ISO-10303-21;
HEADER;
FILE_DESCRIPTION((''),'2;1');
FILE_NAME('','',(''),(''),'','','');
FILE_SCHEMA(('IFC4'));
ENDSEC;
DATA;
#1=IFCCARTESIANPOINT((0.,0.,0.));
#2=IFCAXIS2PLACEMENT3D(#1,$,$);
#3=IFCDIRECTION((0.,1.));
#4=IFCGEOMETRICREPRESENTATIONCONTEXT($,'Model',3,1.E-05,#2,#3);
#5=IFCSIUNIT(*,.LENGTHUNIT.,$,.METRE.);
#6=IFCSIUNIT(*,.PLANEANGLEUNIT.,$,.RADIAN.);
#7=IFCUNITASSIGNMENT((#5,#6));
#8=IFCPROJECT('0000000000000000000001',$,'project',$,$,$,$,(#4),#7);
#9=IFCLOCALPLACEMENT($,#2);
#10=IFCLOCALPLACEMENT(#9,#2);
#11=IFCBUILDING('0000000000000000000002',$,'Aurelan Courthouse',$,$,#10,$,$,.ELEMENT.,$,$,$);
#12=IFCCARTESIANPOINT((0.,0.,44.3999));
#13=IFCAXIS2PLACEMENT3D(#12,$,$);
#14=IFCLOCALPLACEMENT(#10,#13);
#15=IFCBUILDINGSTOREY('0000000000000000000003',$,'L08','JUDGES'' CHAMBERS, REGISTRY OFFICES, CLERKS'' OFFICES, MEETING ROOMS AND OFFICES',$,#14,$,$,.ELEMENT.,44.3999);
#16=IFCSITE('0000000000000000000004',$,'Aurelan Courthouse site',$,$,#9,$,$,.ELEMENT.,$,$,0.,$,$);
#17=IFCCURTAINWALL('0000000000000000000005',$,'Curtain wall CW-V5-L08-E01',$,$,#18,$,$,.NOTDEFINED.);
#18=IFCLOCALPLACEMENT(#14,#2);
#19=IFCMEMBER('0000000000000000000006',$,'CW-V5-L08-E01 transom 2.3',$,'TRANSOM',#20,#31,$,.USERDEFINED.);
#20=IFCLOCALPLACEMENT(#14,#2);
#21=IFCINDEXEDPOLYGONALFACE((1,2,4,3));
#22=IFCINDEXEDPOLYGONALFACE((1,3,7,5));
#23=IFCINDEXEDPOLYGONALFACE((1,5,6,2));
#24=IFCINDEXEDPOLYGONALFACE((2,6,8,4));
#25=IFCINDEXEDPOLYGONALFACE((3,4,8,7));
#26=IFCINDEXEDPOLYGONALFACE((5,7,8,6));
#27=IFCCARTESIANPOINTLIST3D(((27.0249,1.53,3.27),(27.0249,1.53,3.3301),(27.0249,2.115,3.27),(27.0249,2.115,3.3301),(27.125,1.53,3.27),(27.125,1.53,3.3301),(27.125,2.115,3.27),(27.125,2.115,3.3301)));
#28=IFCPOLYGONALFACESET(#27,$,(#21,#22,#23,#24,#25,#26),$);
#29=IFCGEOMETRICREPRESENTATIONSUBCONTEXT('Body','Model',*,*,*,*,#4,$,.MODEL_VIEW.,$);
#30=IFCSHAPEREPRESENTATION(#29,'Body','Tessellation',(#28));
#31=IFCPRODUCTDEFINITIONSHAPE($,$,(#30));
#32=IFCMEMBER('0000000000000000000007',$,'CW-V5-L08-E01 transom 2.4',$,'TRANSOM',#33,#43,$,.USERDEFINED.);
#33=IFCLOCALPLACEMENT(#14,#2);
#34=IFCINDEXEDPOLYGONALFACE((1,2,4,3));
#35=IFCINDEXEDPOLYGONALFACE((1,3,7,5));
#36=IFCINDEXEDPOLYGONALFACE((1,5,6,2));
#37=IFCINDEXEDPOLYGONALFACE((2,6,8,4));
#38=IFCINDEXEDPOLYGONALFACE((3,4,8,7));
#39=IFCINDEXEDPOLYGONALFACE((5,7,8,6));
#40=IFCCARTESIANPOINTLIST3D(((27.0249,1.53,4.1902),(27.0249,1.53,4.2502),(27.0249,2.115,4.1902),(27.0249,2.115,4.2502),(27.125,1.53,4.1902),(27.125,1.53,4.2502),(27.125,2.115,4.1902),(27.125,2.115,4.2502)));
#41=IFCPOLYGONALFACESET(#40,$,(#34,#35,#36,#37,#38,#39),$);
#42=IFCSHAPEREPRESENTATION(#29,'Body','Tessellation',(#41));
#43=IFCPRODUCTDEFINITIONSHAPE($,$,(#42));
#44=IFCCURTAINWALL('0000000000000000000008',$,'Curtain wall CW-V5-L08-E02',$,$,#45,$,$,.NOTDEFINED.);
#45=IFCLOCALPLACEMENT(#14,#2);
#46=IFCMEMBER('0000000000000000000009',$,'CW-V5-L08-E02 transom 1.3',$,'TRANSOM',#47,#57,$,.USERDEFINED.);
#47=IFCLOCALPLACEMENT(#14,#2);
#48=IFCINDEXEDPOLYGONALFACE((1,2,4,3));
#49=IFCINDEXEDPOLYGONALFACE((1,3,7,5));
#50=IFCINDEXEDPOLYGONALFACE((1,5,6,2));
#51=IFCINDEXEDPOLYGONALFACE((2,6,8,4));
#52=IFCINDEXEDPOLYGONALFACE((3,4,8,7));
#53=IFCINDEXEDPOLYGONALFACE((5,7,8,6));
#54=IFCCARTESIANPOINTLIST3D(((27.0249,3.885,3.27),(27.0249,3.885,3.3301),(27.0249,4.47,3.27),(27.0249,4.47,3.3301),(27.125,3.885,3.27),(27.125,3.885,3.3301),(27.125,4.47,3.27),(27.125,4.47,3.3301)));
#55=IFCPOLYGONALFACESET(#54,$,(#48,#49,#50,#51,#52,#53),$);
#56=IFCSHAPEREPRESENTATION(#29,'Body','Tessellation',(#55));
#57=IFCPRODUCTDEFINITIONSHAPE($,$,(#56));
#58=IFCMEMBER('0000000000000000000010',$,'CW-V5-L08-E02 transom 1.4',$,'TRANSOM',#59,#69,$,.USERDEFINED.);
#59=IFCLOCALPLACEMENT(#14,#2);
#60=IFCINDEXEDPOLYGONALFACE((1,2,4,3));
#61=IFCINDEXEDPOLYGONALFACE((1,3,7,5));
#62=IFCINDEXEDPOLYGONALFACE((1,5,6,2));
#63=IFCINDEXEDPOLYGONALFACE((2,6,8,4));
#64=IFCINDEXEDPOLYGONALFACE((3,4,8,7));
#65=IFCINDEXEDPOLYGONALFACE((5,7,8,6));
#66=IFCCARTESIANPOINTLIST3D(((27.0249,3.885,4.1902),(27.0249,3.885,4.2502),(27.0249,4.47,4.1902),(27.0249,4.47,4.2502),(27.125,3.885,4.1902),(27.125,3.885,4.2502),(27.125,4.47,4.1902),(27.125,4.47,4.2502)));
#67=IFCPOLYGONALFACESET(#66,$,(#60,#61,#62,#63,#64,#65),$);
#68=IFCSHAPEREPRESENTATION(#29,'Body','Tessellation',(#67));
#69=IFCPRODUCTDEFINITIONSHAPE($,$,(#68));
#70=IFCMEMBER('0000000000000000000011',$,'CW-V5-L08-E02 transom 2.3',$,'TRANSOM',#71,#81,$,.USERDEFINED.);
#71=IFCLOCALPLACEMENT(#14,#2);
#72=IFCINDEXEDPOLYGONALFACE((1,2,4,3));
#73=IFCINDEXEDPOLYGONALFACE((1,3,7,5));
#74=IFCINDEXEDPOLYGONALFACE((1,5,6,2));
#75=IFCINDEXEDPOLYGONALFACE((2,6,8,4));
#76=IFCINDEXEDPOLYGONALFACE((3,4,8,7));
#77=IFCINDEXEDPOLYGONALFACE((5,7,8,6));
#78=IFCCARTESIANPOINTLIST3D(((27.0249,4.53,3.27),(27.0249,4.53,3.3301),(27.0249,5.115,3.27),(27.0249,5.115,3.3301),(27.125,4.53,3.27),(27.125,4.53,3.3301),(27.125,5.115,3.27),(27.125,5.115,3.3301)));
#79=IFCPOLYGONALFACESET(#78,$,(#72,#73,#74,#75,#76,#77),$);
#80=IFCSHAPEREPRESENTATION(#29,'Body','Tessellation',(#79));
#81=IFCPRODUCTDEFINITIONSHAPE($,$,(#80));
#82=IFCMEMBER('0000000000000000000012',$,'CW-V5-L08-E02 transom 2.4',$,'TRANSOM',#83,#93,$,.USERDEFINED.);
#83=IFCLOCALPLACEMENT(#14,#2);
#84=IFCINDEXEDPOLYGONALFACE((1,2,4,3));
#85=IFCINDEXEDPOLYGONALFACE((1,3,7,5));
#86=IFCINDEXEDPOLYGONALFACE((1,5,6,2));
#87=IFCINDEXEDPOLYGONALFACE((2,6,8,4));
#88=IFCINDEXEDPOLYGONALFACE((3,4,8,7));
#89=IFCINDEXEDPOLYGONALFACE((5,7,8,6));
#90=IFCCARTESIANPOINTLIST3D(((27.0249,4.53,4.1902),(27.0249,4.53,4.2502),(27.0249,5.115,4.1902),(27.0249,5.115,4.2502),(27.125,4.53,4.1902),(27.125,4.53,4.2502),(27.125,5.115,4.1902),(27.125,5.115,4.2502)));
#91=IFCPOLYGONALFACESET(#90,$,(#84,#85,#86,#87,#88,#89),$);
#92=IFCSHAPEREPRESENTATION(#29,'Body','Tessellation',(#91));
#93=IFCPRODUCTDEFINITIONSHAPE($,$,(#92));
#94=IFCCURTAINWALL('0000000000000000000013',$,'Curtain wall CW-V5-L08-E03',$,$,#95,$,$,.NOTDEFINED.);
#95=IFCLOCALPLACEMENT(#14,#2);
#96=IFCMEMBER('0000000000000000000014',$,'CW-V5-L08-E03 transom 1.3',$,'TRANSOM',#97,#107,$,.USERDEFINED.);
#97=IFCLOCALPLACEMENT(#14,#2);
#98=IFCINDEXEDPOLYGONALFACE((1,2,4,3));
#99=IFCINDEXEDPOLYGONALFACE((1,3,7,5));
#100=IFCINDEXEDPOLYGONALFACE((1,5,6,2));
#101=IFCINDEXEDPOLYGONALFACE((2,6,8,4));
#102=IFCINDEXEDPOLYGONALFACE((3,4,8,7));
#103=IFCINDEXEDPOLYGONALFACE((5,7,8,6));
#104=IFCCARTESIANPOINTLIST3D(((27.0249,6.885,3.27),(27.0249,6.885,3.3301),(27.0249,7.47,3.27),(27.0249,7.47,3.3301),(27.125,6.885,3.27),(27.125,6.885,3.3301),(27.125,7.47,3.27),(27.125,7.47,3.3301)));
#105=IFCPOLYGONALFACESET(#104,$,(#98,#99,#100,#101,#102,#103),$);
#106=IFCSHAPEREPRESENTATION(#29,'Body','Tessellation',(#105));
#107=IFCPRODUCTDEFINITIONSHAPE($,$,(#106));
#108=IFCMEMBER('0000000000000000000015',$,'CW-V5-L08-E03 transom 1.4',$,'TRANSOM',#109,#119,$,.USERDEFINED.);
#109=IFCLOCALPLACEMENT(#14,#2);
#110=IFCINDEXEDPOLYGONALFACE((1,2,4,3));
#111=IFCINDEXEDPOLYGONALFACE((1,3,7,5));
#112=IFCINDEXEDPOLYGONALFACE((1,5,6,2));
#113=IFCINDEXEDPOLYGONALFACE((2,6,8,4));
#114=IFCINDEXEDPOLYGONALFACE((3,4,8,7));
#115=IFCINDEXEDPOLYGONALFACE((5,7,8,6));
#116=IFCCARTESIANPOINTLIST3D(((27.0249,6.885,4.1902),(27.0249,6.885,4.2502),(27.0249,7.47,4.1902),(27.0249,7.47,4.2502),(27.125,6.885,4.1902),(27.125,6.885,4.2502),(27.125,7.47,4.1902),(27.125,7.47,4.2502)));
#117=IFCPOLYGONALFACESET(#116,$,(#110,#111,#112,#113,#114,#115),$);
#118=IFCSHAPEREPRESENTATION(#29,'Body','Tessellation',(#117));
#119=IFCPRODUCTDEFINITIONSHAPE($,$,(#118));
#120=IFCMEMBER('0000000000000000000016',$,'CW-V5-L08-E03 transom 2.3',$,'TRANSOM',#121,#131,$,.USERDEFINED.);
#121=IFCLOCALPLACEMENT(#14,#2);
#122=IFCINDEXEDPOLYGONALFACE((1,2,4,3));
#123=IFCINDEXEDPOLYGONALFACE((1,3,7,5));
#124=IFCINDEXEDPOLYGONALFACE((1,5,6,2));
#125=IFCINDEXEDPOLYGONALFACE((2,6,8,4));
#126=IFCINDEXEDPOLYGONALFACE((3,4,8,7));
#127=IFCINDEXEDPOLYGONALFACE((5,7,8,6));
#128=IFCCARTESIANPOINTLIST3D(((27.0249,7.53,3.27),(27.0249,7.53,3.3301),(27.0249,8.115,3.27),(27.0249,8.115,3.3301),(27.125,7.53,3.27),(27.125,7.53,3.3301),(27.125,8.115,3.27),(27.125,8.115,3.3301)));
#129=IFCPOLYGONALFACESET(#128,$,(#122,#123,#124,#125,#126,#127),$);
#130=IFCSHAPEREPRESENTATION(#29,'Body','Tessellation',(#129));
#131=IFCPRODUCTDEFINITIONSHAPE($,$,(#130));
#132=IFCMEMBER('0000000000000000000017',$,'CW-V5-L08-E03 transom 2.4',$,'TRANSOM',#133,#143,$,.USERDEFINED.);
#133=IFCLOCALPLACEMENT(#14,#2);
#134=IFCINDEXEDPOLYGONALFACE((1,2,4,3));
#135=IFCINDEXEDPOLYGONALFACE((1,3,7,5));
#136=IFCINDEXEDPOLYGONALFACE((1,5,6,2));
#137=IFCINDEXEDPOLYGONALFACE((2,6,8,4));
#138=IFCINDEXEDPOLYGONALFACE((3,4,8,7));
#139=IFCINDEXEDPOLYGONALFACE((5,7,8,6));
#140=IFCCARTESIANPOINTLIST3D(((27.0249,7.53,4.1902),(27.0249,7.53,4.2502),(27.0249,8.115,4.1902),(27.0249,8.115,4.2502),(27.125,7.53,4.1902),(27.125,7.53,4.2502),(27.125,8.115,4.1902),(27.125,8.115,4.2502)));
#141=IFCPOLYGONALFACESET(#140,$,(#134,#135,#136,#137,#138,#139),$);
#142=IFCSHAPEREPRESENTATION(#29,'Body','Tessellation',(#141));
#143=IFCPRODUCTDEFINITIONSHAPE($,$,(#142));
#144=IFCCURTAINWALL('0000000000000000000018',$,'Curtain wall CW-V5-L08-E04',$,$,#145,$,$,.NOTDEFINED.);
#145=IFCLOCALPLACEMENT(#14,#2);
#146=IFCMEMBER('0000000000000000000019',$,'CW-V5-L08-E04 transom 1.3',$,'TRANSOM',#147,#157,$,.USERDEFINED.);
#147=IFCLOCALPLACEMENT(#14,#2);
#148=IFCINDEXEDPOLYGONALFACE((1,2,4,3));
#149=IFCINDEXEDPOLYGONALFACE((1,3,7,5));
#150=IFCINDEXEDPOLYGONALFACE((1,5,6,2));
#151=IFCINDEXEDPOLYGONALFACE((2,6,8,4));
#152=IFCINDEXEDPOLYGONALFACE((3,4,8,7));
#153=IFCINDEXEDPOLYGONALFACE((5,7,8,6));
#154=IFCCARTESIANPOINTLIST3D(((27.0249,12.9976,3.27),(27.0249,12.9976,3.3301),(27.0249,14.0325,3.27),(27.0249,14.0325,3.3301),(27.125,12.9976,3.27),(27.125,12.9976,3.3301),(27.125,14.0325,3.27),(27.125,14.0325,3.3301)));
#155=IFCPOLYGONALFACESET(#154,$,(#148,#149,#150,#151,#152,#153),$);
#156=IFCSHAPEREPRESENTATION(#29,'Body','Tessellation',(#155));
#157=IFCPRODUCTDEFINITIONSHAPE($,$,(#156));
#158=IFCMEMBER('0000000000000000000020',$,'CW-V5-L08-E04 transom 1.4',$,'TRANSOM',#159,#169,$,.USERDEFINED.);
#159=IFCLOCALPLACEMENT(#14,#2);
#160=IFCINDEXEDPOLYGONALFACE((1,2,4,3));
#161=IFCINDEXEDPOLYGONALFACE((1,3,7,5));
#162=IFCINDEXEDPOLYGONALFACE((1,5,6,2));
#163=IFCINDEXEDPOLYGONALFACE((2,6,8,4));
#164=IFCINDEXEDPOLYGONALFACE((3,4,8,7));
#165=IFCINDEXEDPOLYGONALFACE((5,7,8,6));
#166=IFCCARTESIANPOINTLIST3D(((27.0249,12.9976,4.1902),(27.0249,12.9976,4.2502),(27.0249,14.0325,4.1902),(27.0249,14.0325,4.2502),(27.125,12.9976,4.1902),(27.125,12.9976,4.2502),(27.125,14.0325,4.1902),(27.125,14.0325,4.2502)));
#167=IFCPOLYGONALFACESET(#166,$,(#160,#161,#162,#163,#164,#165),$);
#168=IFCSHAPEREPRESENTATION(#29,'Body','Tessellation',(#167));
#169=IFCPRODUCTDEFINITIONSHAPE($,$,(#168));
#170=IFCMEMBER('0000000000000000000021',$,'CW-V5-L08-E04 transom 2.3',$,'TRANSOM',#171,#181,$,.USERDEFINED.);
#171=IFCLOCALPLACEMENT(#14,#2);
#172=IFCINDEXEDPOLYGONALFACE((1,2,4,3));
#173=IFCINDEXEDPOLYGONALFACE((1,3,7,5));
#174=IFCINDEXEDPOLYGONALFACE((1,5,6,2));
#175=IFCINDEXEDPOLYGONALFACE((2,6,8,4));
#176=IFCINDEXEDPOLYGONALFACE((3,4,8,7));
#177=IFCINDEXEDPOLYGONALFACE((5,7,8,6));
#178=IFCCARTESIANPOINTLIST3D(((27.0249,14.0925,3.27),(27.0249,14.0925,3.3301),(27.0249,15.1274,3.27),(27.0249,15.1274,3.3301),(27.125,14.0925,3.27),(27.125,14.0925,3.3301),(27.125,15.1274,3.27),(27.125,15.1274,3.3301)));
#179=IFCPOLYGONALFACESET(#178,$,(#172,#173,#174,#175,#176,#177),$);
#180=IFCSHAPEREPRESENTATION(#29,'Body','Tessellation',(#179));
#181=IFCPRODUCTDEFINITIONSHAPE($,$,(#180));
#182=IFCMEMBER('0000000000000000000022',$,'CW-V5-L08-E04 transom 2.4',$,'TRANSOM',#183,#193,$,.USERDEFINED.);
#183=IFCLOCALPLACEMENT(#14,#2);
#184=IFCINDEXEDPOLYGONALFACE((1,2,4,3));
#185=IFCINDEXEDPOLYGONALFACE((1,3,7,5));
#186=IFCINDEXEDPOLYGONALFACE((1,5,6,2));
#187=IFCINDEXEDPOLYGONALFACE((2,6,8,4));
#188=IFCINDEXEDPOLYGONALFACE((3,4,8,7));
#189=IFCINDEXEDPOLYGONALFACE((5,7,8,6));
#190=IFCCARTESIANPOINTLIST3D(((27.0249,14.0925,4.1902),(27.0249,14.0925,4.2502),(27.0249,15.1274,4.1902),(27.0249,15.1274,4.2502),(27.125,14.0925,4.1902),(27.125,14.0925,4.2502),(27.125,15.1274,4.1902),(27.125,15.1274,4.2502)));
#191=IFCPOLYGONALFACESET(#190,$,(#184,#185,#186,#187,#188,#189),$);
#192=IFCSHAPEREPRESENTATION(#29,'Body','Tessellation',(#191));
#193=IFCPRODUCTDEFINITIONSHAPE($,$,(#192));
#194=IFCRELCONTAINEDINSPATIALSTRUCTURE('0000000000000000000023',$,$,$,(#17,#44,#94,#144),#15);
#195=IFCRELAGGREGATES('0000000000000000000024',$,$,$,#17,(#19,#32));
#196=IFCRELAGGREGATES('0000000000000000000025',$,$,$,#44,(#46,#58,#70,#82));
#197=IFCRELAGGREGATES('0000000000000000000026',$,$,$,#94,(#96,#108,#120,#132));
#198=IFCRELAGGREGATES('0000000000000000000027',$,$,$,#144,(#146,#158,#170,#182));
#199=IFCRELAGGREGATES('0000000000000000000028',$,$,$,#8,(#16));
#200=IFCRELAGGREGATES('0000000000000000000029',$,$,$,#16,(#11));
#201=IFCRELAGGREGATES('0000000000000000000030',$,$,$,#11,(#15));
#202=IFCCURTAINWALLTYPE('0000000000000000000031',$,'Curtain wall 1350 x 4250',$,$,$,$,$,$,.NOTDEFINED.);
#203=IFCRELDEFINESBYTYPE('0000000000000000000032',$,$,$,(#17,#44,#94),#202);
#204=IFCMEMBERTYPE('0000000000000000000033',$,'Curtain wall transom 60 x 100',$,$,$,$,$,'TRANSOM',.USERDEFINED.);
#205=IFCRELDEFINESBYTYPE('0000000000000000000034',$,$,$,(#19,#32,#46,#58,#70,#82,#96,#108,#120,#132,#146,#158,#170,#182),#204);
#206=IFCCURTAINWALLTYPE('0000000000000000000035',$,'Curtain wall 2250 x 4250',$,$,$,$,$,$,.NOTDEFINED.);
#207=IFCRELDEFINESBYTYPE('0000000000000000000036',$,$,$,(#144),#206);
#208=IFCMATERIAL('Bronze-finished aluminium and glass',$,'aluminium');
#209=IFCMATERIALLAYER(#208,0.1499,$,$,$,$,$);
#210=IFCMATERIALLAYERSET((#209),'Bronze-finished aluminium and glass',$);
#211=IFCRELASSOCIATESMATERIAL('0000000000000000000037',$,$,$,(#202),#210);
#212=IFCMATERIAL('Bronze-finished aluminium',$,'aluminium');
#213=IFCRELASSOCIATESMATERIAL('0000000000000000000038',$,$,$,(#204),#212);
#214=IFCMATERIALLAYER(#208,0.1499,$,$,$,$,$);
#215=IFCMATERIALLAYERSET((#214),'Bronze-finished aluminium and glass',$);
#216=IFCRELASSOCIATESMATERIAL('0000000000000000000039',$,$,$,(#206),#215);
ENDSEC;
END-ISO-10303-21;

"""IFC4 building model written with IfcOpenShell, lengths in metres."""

from ifc_helpers import new_model, si_unit, direction, frame, origin, origin_2d, place, context, subcontext, project, spatial, rectangle, extrude, material, layer, layer_set, material_profile, profile_set, type_object, element, aggregate, save


model = new_model("IFC4")

# Units and contexts
model_context = context("Model", 3, precision=1e-05, world=origin(), true_north=direction((0.0, 1.0)))
body_context = subcontext(model_context, "Body", "Model", "MODEL_VIEW")
ifc_project = project(units=[si_unit("LENGTHUNIT", "METRE"), si_unit("PLANEANGLEUNIT", "RADIAN")], contexts=[model_context])

# Site, building, storey
site_placement = place(None, origin())
site = spatial("IfcSite", under=ifc_project, at=site_placement, Name="Aurelan Courthouse site", CompositionType="ELEMENT", RefElevation=0.0)
building_placement = place(site_placement, origin())
building = spatial("IfcBuilding", under=site, at=building_placement, Name="Aurelan Courthouse", CompositionType="ELEMENT")
storey_placement = place(building_placement, frame((0.0, 0.0, 44.3999)))
storey = spatial("IfcBuildingStorey", under=building, at=storey_placement, Name="L08", Description="JUDGES' CHAMBERS, REGISTRY OFFICES, CLERKS' OFFICES, MEETING ROOMS AND OFFICES", CompositionType="ELEMENT", Elevation=44.3999)

# Curtain walls, members
ifc_material_1 = material(Name="Bronze-finished aluminium and glass", Category="aluminium")
ifc_layer_1 = layer(ifc_material_1, 0.1499)
ifc_layer_set_1 = layer_set([ifc_layer_1], Name="Bronze-finished aluminium and glass")
curtain_wall_type_1 = type_object("IfcCurtainWallType", Name="Curtain wall 1350 x 4250", PredefinedType="NOTDEFINED", material=ifc_layer_set_1)
curtain_wall_1_placement = place(storey_placement, origin())
curtain_wall_1 = element("IfcCurtainWall", 1, at=curtain_wall_1_placement, inside=storey, type_object=curtain_wall_type_1, Name="Curtain wall CW-V5-L08-E01", PredefinedType="NOTDEFINED")
ifc_material_2 = material(Name="Bronze-finished aluminium", Category="aluminium")
ifc_material_profile = material_profile(ifc_material_2, rectangle(XDim=0.1001, YDim=0.0601, at=origin_2d()), Name="Bronze transom 60 x 100")
ifc_profile_set = profile_set([ifc_material_profile], Name="Bronze-finished aluminium")
member_type = type_object("IfcMemberType", Name="Curtain wall transom 60 x 100", ElementType="TRANSOM", PredefinedType="USERDEFINED", material=ifc_profile_set)
member_1_placement = place(storey_placement, frame((27.075, 1.53, 3.3), z_axis=(0.0, 1.0, 0.0), x_axis=(-1.0, 0.0, 0.0)))
member_1 = element("IfcMember", 2, at=member_1_placement, type_object=member_type, Name="CW-V5-L08-E01 transom 2.3", ObjectType="TRANSOM", PredefinedType="USERDEFINED", context=body_context, shape_type="SweptSolid", body=[
    extrude(rectangle(XDim=0.1001, YDim=0.0601, at=origin_2d()), origin(), (0.0, 0.0, 1.0), 0.585),
])
member_2_placement = place(storey_placement, frame((27.075, 1.53, 4.2202), z_axis=(0.0, 1.0, 0.0), x_axis=(-1.0, 0.0, 0.0)))
member_2 = element("IfcMember", 3, at=member_2_placement, type_object=member_type, Name="CW-V5-L08-E01 transom 2.4", ObjectType="TRANSOM", PredefinedType="USERDEFINED", context=body_context, shape_type="SweptSolid", body=[
    extrude(rectangle(XDim=0.1001, YDim=0.0601, at=origin_2d()), origin(), (0.0, 0.0, 1.0), 0.585),
])
curtain_wall_2_placement = place(storey_placement, origin())
curtain_wall_2 = element("IfcCurtainWall", 4, at=curtain_wall_2_placement, inside=storey, type_object=curtain_wall_type_1, Name="Curtain wall CW-V5-L08-E02", PredefinedType="NOTDEFINED")
member_3_placement = place(storey_placement, frame((27.075, 3.885, 3.3), z_axis=(0.0, 1.0, 0.0), x_axis=(-1.0, 0.0, 0.0)))
member_3 = element("IfcMember", 5, at=member_3_placement, type_object=member_type, Name="CW-V5-L08-E02 transom 1.3", ObjectType="TRANSOM", PredefinedType="USERDEFINED", context=body_context, shape_type="SweptSolid", body=[
    extrude(rectangle(XDim=0.1001, YDim=0.0601, at=origin_2d()), origin(), (0.0, 0.0, 1.0), 0.585),
])
member_4_placement = place(storey_placement, frame((27.075, 3.885, 4.2202), z_axis=(0.0, 1.0, 0.0), x_axis=(-1.0, 0.0, 0.0)))
member_4 = element("IfcMember", 6, at=member_4_placement, type_object=member_type, Name="CW-V5-L08-E02 transom 1.4", ObjectType="TRANSOM", PredefinedType="USERDEFINED", context=body_context, shape_type="SweptSolid", body=[
    extrude(rectangle(XDim=0.1001, YDim=0.0601, at=origin_2d()), origin(), (0.0, 0.0, 1.0), 0.585),
])
member_5_placement = place(storey_placement, frame((27.075, 4.53, 3.3), z_axis=(0.0, 1.0, 0.0), x_axis=(-1.0, 0.0, 0.0)))
member_5 = element("IfcMember", 7, at=member_5_placement, type_object=member_type, Name="CW-V5-L08-E02 transom 2.3", ObjectType="TRANSOM", PredefinedType="USERDEFINED", context=body_context, shape_type="SweptSolid", body=[
    extrude(rectangle(XDim=0.1001, YDim=0.0601, at=origin_2d()), origin(), (0.0, 0.0, 1.0), 0.585),
])
member_6_placement = place(storey_placement, frame((27.075, 4.53, 4.2202), z_axis=(0.0, 1.0, 0.0), x_axis=(-1.0, 0.0, 0.0)))
member_6 = element("IfcMember", 8, at=member_6_placement, type_object=member_type, Name="CW-V5-L08-E02 transom 2.4", ObjectType="TRANSOM", PredefinedType="USERDEFINED", context=body_context, shape_type="SweptSolid", body=[
    extrude(rectangle(XDim=0.1001, YDim=0.0601, at=origin_2d()), origin(), (0.0, 0.0, 1.0), 0.585),
])
curtain_wall_3_placement = place(storey_placement, origin())
curtain_wall_3 = element("IfcCurtainWall", 9, at=curtain_wall_3_placement, inside=storey, type_object=curtain_wall_type_1, Name="Curtain wall CW-V5-L08-E03", PredefinedType="NOTDEFINED")
member_7_placement = place(storey_placement, frame((27.075, 6.885, 3.3), z_axis=(0.0, 1.0, 0.0), x_axis=(-1.0, 0.0, 0.0)))
member_7 = element("IfcMember", 10, at=member_7_placement, type_object=member_type, Name="CW-V5-L08-E03 transom 1.3", ObjectType="TRANSOM", PredefinedType="USERDEFINED", context=body_context, shape_type="SweptSolid", body=[
    extrude(rectangle(XDim=0.1001, YDim=0.0601, at=origin_2d()), origin(), (0.0, 0.0, 1.0), 0.585),
])
member_8_placement = place(storey_placement, frame((27.075, 6.885, 4.2202), z_axis=(0.0, 1.0, 0.0), x_axis=(-1.0, 0.0, 0.0)))
member_8 = element("IfcMember", 11, at=member_8_placement, type_object=member_type, Name="CW-V5-L08-E03 transom 1.4", ObjectType="TRANSOM", PredefinedType="USERDEFINED", context=body_context, shape_type="SweptSolid", body=[
    extrude(rectangle(XDim=0.1001, YDim=0.0601, at=origin_2d()), origin(), (0.0, 0.0, 1.0), 0.585),
])
member_9_placement = place(storey_placement, frame((27.075, 7.53, 3.3), z_axis=(0.0, 1.0, 0.0), x_axis=(-1.0, 0.0, 0.0)))
member_9 = element("IfcMember", 12, at=member_9_placement, type_object=member_type, Name="CW-V5-L08-E03 transom 2.3", ObjectType="TRANSOM", PredefinedType="USERDEFINED", context=body_context, shape_type="SweptSolid", body=[
    extrude(rectangle(XDim=0.1001, YDim=0.0601, at=origin_2d()), origin(), (0.0, 0.0, 1.0), 0.585),
])
member_10_placement = place(storey_placement, frame((27.075, 7.53, 4.2202), z_axis=(0.0, 1.0, 0.0), x_axis=(-1.0, 0.0, 0.0)))
member_10 = element("IfcMember", 13, at=member_10_placement, type_object=member_type, Name="CW-V5-L08-E03 transom 2.4", ObjectType="TRANSOM", PredefinedType="USERDEFINED", context=body_context, shape_type="SweptSolid", body=[
    extrude(rectangle(XDim=0.1001, YDim=0.0601, at=origin_2d()), origin(), (0.0, 0.0, 1.0), 0.585),
])
ifc_layer_2 = layer(ifc_material_1, 0.1499)
ifc_layer_set_2 = layer_set([ifc_layer_2], Name="Bronze-finished aluminium and glass")
curtain_wall_type_2 = type_object("IfcCurtainWallType", Name="Curtain wall 2250 x 4250", PredefinedType="NOTDEFINED", material=ifc_layer_set_2)
curtain_wall_4_placement = place(storey_placement, origin())
curtain_wall_4 = element("IfcCurtainWall", 14, at=curtain_wall_4_placement, inside=storey, type_object=curtain_wall_type_2, Name="Curtain wall CW-V5-L08-E04", PredefinedType="NOTDEFINED")
member_11_placement = place(storey_placement, frame((27.075, 12.9976, 3.3), z_axis=(0.0, 1.0, 0.0), x_axis=(-1.0, 0.0, 0.0)))
member_11 = element("IfcMember", 15, at=member_11_placement, type_object=member_type, Name="CW-V5-L08-E04 transom 1.3", ObjectType="TRANSOM", PredefinedType="USERDEFINED", context=body_context, shape_type="SweptSolid", body=[
    extrude(rectangle(XDim=0.1001, YDim=0.0601, at=origin_2d()), origin(), (0.0, 0.0, 1.0), 1.0349),
])
member_12_placement = place(storey_placement, frame((27.075, 12.9976, 4.2202), z_axis=(0.0, 1.0, 0.0), x_axis=(-1.0, 0.0, 0.0)))
member_12 = element("IfcMember", 16, at=member_12_placement, type_object=member_type, Name="CW-V5-L08-E04 transom 1.4", ObjectType="TRANSOM", PredefinedType="USERDEFINED", context=body_context, shape_type="SweptSolid", body=[
    extrude(rectangle(XDim=0.1001, YDim=0.0601, at=origin_2d()), origin(), (0.0, 0.0, 1.0), 1.0349),
])
member_13_placement = place(storey_placement, frame((27.075, 14.0925, 3.3), z_axis=(0.0, 1.0, 0.0), x_axis=(-1.0, 0.0, 0.0)))
member_13 = element("IfcMember", 17, at=member_13_placement, type_object=member_type, Name="CW-V5-L08-E04 transom 2.3", ObjectType="TRANSOM", PredefinedType="USERDEFINED", context=body_context, shape_type="SweptSolid", body=[
    extrude(rectangle(XDim=0.1001, YDim=0.0601, at=origin_2d()), origin(), (0.0, 0.0, 1.0), 1.0349),
])
member_14_placement = place(storey_placement, frame((27.075, 14.0925, 4.2202), z_axis=(0.0, 1.0, 0.0), x_axis=(-1.0, 0.0, 0.0)))
member_14 = element("IfcMember", 18, at=member_14_placement, type_object=member_type, Name="CW-V5-L08-E04 transom 2.4", ObjectType="TRANSOM", PredefinedType="USERDEFINED", context=body_context, shape_type="SweptSolid", body=[
    extrude(rectangle(XDim=0.1001, YDim=0.0601, at=origin_2d()), origin(), (0.0, 0.0, 1.0), 1.0349),
])

aggregate(curtain_wall_1, [member_1, member_2])
aggregate(curtain_wall_2, [member_3, member_4, member_5, member_6])
aggregate(curtain_wall_3, [member_7, member_8, member_9, member_10])
aggregate(curtain_wall_4, [member_11, member_12, member_13, member_14])

save(model, "model.ifc")
